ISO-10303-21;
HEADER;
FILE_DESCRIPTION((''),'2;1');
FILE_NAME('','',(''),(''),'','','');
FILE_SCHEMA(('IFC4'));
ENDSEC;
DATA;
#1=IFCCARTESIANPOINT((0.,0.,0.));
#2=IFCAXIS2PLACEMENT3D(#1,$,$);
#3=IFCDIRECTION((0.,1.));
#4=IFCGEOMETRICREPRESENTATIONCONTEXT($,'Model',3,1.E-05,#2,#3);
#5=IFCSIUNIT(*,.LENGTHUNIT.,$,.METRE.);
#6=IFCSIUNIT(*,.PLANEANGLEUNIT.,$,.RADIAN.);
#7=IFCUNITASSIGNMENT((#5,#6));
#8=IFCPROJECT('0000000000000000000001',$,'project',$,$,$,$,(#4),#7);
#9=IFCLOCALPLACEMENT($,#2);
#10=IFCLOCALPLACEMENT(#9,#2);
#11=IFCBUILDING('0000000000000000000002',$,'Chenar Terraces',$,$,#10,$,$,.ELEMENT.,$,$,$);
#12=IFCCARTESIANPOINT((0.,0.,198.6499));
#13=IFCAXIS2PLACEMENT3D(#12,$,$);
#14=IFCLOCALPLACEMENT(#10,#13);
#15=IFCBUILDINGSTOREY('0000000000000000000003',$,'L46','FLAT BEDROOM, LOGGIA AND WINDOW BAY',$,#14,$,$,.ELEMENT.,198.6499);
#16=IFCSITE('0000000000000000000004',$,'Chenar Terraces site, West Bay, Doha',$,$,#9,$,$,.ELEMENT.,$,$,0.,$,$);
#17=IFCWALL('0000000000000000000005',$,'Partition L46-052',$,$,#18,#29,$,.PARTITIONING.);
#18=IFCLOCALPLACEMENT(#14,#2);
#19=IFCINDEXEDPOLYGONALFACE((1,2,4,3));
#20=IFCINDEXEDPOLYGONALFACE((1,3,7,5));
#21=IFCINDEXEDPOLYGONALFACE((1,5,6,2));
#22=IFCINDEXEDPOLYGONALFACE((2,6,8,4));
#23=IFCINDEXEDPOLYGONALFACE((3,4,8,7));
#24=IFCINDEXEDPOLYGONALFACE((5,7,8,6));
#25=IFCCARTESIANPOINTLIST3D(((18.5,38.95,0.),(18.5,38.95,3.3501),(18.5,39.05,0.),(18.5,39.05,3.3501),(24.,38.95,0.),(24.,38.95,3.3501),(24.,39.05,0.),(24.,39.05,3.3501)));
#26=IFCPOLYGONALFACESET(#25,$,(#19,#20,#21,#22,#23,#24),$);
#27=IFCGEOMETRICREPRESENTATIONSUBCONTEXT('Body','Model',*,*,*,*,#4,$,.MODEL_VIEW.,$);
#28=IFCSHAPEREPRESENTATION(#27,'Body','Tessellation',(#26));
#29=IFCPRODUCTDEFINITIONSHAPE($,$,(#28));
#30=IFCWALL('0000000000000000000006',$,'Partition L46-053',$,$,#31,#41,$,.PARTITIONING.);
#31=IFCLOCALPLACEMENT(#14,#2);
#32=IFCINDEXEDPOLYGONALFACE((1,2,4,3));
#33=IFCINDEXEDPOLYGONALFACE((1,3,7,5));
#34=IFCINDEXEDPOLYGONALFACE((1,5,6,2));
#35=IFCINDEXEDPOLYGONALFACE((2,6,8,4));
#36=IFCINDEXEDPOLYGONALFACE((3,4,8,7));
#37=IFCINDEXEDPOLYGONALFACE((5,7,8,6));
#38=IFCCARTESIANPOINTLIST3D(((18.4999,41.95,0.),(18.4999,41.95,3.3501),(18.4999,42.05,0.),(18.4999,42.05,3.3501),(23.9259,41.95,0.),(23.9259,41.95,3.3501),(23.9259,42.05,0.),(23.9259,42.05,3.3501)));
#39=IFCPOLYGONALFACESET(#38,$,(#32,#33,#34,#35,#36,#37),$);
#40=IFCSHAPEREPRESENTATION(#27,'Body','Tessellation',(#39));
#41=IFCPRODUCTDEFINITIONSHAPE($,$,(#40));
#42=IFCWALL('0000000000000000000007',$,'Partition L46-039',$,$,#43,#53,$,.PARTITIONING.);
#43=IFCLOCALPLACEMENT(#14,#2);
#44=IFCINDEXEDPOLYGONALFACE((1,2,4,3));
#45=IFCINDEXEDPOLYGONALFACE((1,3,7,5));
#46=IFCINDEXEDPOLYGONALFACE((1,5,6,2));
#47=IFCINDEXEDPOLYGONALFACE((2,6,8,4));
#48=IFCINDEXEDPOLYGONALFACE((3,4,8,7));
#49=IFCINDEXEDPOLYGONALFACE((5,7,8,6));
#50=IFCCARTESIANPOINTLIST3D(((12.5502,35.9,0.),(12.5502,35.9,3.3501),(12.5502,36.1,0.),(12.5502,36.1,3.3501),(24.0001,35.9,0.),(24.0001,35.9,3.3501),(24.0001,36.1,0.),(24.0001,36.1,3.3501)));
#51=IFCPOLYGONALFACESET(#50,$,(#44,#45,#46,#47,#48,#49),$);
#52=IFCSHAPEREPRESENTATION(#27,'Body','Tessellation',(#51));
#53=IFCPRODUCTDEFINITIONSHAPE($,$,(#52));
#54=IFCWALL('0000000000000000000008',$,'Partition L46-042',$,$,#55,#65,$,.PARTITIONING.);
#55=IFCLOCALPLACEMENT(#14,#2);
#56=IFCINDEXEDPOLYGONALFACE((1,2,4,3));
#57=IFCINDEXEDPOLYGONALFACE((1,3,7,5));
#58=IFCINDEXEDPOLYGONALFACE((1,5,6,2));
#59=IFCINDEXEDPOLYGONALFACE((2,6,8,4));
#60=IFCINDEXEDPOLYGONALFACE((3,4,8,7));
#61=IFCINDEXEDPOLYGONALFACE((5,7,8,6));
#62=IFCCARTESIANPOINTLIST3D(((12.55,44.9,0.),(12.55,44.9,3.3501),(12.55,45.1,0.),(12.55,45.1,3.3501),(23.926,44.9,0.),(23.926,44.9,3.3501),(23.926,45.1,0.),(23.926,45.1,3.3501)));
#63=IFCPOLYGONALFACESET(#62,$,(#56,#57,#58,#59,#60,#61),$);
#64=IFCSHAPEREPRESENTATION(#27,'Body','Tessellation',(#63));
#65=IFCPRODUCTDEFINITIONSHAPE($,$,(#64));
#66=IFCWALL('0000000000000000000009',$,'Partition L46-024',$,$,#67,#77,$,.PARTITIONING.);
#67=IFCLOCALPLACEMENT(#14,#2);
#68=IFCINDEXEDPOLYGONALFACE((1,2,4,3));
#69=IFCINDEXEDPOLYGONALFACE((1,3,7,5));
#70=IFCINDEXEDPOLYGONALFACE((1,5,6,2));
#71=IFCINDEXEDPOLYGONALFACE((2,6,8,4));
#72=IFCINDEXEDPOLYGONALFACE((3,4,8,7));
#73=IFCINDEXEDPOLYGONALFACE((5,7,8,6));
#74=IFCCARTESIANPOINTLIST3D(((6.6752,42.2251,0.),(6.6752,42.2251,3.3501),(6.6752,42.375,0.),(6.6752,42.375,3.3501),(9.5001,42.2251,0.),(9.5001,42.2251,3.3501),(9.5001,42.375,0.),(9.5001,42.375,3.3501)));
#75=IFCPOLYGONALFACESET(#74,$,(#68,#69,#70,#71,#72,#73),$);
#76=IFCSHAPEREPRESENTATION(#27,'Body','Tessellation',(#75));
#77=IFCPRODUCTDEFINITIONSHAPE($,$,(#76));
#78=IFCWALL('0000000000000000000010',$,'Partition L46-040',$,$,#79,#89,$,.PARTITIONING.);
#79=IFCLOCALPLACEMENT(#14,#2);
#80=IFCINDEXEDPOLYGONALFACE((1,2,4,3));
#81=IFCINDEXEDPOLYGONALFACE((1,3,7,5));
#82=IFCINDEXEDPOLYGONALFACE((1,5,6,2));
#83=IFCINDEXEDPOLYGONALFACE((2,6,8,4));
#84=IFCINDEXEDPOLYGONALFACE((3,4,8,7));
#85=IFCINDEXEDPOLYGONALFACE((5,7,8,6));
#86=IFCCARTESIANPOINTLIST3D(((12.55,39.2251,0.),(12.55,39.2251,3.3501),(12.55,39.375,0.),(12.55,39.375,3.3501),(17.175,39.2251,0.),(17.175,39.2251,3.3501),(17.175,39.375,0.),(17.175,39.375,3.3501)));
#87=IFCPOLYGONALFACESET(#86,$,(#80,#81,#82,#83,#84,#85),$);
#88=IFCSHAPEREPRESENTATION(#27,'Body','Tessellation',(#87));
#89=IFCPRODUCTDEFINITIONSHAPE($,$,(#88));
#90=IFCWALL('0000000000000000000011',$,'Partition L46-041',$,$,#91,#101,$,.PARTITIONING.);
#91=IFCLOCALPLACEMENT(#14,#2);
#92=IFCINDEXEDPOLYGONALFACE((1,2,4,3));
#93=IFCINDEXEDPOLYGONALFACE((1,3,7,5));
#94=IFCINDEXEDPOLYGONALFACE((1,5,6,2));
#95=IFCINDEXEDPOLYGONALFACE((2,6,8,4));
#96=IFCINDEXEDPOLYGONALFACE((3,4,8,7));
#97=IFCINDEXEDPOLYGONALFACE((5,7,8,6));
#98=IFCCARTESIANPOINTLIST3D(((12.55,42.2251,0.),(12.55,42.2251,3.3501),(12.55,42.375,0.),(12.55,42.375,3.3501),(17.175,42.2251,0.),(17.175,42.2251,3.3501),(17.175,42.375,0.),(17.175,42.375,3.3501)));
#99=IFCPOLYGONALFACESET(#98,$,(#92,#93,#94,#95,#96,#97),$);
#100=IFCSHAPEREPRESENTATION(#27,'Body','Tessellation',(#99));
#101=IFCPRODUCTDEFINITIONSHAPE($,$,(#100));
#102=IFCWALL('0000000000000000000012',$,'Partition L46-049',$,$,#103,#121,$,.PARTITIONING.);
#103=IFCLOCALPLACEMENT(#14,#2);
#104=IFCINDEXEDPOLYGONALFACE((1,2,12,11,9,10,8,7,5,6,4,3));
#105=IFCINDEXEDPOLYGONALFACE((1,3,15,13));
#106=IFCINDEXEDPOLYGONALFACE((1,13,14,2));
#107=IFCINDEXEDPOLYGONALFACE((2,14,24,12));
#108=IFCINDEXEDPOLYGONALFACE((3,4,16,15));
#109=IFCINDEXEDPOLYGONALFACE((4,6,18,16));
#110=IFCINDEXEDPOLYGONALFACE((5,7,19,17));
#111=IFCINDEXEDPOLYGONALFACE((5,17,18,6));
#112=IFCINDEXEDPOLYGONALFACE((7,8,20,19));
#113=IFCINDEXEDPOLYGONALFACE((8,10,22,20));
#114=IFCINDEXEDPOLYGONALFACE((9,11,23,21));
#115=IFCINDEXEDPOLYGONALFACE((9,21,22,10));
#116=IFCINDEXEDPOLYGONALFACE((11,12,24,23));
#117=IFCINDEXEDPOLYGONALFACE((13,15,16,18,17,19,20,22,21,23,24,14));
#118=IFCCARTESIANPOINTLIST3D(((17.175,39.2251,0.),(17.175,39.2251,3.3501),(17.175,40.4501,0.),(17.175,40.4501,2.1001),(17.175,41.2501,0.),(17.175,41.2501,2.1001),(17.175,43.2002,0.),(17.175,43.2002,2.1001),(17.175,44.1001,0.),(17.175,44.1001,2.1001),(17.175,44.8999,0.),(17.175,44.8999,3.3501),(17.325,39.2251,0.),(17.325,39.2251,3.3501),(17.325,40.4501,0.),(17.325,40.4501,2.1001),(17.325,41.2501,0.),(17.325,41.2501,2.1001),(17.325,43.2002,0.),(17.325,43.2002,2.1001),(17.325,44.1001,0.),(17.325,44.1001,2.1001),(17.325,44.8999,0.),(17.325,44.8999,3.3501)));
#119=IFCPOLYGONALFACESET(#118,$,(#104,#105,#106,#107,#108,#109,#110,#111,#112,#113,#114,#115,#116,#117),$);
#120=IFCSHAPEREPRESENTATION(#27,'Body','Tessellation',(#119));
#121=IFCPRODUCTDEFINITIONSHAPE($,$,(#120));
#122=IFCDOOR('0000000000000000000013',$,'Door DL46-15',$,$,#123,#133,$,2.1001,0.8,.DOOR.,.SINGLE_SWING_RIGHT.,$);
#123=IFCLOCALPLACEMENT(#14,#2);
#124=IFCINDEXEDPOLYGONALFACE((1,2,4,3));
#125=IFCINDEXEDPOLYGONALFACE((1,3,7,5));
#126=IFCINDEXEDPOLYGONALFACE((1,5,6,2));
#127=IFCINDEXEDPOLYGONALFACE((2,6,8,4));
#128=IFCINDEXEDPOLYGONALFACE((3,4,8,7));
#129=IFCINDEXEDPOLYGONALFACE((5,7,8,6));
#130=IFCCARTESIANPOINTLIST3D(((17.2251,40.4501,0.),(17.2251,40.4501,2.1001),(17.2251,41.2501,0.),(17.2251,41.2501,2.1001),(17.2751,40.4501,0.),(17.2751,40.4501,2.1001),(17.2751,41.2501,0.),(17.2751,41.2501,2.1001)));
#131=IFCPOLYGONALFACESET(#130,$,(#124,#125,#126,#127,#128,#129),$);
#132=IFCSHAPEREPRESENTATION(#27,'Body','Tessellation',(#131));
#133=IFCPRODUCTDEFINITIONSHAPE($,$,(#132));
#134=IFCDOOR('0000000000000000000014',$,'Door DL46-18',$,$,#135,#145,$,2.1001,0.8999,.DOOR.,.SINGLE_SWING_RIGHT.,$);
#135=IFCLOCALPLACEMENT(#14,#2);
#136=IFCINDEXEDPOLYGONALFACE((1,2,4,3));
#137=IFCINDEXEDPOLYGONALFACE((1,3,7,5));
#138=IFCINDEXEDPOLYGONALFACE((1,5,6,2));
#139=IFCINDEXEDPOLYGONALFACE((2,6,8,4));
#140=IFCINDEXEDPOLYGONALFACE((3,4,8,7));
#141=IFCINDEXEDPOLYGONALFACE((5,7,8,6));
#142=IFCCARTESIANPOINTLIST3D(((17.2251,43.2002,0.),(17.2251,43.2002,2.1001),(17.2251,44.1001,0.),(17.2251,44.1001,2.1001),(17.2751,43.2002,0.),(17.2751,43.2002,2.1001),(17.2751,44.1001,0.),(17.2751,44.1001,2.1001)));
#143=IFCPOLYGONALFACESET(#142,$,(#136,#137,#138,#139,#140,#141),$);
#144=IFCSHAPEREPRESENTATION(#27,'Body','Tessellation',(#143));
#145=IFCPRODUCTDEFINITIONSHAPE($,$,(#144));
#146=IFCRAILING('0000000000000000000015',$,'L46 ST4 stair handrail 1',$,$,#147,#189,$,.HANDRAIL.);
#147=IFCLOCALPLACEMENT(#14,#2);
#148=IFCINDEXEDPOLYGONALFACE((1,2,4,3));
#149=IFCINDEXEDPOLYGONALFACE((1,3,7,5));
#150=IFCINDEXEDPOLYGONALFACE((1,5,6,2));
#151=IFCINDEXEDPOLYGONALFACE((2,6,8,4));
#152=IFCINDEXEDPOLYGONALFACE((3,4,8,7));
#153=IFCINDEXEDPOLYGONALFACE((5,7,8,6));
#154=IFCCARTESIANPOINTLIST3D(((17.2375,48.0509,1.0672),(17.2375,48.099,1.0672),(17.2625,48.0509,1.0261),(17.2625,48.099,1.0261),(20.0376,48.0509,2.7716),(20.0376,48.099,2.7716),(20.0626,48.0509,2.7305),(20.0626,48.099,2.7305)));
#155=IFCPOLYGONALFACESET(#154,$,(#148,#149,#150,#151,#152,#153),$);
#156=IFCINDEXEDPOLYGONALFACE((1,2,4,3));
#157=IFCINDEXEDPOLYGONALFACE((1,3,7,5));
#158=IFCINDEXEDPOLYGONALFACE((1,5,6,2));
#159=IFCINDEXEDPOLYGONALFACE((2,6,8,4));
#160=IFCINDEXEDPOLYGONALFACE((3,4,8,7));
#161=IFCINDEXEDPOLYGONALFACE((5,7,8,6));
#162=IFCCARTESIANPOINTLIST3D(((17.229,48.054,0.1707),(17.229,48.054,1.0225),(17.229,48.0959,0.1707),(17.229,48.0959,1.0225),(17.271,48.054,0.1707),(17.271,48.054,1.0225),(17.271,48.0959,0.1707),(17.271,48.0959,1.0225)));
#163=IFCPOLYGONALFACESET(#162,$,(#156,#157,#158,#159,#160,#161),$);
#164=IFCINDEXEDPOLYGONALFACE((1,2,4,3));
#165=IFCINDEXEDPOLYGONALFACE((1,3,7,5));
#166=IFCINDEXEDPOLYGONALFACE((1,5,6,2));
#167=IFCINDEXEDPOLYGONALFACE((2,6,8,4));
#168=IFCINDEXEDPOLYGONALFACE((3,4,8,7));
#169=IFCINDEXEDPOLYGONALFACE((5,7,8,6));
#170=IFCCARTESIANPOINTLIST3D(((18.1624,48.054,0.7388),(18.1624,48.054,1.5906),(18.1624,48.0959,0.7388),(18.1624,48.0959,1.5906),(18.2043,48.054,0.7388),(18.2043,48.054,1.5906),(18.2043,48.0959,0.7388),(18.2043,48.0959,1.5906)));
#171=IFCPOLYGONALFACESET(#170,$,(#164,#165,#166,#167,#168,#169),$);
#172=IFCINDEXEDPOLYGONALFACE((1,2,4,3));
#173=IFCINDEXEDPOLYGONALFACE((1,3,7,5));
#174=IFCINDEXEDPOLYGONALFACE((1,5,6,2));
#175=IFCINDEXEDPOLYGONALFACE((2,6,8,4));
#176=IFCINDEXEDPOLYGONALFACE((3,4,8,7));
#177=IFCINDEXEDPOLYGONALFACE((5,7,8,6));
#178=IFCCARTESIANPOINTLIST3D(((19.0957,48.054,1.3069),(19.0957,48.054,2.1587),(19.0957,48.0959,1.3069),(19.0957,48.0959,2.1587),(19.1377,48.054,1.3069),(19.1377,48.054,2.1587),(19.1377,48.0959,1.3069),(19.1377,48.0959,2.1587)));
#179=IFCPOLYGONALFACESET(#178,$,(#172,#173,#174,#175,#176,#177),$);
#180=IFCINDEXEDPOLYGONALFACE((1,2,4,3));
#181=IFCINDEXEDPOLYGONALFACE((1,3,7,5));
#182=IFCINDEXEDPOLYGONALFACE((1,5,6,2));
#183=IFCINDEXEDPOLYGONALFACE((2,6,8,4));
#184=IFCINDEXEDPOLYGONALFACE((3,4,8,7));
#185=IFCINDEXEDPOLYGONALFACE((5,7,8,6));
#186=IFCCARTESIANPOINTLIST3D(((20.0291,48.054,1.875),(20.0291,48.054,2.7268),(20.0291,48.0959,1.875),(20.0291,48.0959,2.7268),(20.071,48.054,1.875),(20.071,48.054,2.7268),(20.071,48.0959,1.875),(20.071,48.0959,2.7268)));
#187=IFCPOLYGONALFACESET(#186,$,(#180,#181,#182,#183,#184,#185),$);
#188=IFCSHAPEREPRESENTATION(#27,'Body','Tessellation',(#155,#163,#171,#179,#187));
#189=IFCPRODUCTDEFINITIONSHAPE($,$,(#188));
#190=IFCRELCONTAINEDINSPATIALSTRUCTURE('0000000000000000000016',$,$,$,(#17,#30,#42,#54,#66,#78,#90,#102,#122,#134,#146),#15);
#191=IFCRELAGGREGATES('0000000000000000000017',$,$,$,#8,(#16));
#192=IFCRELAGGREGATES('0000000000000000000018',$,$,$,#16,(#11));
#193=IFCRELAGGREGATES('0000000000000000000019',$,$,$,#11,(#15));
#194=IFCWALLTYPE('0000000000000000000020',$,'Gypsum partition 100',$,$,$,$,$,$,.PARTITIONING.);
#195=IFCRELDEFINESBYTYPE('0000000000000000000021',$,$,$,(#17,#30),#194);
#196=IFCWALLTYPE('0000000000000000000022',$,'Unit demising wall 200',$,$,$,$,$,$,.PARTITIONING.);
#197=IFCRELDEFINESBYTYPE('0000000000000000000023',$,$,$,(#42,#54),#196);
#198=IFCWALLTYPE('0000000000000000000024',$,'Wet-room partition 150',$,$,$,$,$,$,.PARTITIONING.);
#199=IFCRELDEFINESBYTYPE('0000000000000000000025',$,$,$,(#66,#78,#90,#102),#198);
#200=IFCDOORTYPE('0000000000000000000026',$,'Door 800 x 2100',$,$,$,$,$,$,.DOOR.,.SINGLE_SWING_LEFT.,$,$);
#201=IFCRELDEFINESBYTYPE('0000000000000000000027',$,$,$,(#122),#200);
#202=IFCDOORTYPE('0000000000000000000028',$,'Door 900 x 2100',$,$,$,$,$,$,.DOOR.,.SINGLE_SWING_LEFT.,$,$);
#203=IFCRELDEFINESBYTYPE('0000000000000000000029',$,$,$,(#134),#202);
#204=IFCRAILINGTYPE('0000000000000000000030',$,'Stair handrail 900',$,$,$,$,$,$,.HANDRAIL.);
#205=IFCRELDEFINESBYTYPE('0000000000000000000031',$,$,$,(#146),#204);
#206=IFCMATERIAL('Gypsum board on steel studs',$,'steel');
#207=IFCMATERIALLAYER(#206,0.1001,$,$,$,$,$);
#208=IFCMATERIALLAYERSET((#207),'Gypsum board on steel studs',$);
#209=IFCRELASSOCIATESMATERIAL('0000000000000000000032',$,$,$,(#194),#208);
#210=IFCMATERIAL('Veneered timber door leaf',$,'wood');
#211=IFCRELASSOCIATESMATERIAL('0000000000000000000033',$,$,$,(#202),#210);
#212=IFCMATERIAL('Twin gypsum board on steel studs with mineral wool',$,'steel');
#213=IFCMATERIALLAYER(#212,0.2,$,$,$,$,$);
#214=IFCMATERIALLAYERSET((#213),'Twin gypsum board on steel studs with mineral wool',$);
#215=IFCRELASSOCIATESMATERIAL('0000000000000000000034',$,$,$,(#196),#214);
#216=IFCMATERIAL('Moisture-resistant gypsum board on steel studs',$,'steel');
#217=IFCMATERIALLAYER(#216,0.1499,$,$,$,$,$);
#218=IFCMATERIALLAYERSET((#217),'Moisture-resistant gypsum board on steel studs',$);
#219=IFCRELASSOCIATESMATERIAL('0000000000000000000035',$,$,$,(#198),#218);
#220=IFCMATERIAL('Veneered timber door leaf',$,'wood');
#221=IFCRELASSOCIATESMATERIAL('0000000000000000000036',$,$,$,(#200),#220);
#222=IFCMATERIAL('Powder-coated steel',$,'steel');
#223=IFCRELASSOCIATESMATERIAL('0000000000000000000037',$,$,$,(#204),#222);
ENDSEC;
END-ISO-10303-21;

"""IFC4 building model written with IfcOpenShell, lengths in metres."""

from ifc_helpers import new_model, si_unit, direction, frame, frame_2d, origin, origin_2d, place, context, subcontext, project, spatial, rectangle, extrude, material, layer, layer_set, type_object, element, fill, save


model = new_model("IFC4")

# Units and contexts
model_context = context("Model", 3, precision=1e-05, world=origin(), true_north=direction((0.0, 1.0)))
body_context = subcontext(model_context, "Body", "Model", "MODEL_VIEW")
ifc_project = project(units=[si_unit("LENGTHUNIT", "METRE"), si_unit("PLANEANGLEUNIT", "RADIAN")], contexts=[model_context])

# Site, building, storey
site_placement = place(None, origin())
site = spatial("IfcSite", under=ifc_project, at=site_placement, Name="Chenar Terraces site, West Bay, Doha", CompositionType="ELEMENT", RefElevation=0.0)
building_placement = place(site_placement, origin())
building = spatial("IfcBuilding", under=site, at=building_placement, Name="Chenar Terraces", CompositionType="ELEMENT")
storey_placement = place(building_placement, frame((0.0, 0.0, 198.6499)))
storey = spatial("IfcBuildingStorey", under=building, at=storey_placement, Name="L46", Description="FLAT BEDROOM, LOGGIA AND WINDOW BAY", CompositionType="ELEMENT", Elevation=198.6499)

# Shared definitions
ifc_material_1 = material(Name="Gypsum board on steel studs", Category="steel")
ifc_layer_1 = layer(ifc_material_1, 0.1001)
ifc_layer_set_1 = layer_set([ifc_layer_1], Name="Gypsum board on steel studs")
wall_type_1 = type_object("IfcWallType", Name="Gypsum partition 100", PredefinedType="PARTITIONING", material=ifc_layer_set_1)
ifc_material_2 = material(Name="Veneered timber door leaf", Category="wood")
door_type_1 = type_object("IfcDoorType", Name="Door 900 x 2100", OperationType="SINGLE_SWING_LEFT", PredefinedType="DOOR", material=ifc_material_2)

# Walls
wall_1_placement = place(storey_placement, frame((18.5, 39.0, 0.0), z_axis=(0.0, 0.0, 1.0), x_axis=(1.0, 0.0, 0.0)))
element("IfcWall", 1, at=wall_1_placement, inside=storey, type_object=wall_type_1, Name="Partition L46-052", PredefinedType="PARTITIONING", context=body_context, shape_type="SweptSolid", body=[
    extrude(rectangle(XDim=5.5, YDim=0.1001, at=frame_2d((2.75, 0.0))), origin(), (0.0, 0.0, 1.0), 3.3501),
])
wall_2_placement = place(storey_placement, frame((18.5, 42.0, 0.0), z_axis=(0.0, 0.0, 1.0), x_axis=(1.0, 0.0, 0.0)))
element("IfcWall", 2, at=wall_2_placement, inside=storey, type_object=wall_type_1, Name="Partition L46-053", PredefinedType="PARTITIONING", context=body_context, shape_type="SweptSolid", body=[
    extrude(rectangle(XDim=5.426, YDim=0.1001, at=frame_2d((2.7129, 0.0))), origin(), (0.0, 0.0, 1.0), 3.3501),
])
ifc_material_3 = material(Name="Twin gypsum board on steel studs with mineral wool", Category="steel")
ifc_layer_2 = layer(ifc_material_3, 0.2)
ifc_layer_set_2 = layer_set([ifc_layer_2], Name="Twin gypsum board on steel studs with mineral wool")
wall_type_2 = type_object("IfcWallType", Name="Unit demising wall 200", PredefinedType="PARTITIONING", material=ifc_layer_set_2)
wall_3_placement = place(storey_placement, frame((12.55, 36.0, 0.0), z_axis=(0.0, 0.0, 1.0), x_axis=(1.0, 0.0, 0.0)))
element("IfcWall", 3, at=wall_3_placement, inside=storey, type_object=wall_type_2, Name="Partition L46-039", PredefinedType="PARTITIONING", context=body_context, shape_type="SweptSolid", body=[
    extrude(rectangle(XDim=11.45, YDim=0.2, at=frame_2d((5.7251, 0.0))), origin(), (0.0, 0.0, 1.0), 3.3501),
])
wall_4_placement = place(storey_placement, frame((12.55, 45.0, 0.0), z_axis=(0.0, 0.0, 1.0), x_axis=(1.0, 0.0, 0.0)))
element("IfcWall", 4, at=wall_4_placement, inside=storey, type_object=wall_type_2, Name="Partition L46-042", PredefinedType="PARTITIONING", context=body_context, shape_type="SweptSolid", body=[
    extrude(rectangle(XDim=11.376, YDim=0.2, at=frame_2d((5.688, 0.0))), origin(), (0.0, 0.0, 1.0), 3.3501),
])
ifc_material_4 = material(Name="Moisture-resistant gypsum board on steel studs", Category="steel")
ifc_layer_3 = layer(ifc_material_4, 0.1499)
ifc_layer_set_3 = layer_set([ifc_layer_3], Name="Moisture-resistant gypsum board on steel studs")
wall_type_3 = type_object("IfcWallType", Name="Wet-room partition 150", PredefinedType="PARTITIONING", material=ifc_layer_set_3)
wall_5_placement = place(storey_placement, frame((6.675, 42.3, 0.0), z_axis=(0.0, 0.0, 1.0), x_axis=(1.0, 0.0, 0.0)))
element("IfcWall", 5, at=wall_5_placement, inside=storey, type_object=wall_type_3, Name="Partition L46-024", PredefinedType="PARTITIONING", context=body_context, shape_type="SweptSolid", body=[
    extrude(rectangle(XDim=2.825, YDim=0.1499, at=frame_2d((1.4126, 0.0))), origin(), (0.0, 0.0, 1.0), 3.3501),
])
for number, where, z_axis, x_axis, name in (
    (6, (12.55, 39.3, 0.0), (0.0, 0.0, 1.0), (1.0, 0.0, 0.0), "Partition L46-040"),
    (7, (12.55, 42.3, 0.0), (0.0, 0.0, 1.0), (1.0, 0.0, 0.0), "Partition L46-041"),
):
    element("IfcWall", number, at=place(storey_placement, frame(where, z_axis=z_axis, x_axis=x_axis)), inside=storey, type_object=wall_type_3, Name=name, PredefinedType="PARTITIONING", context=body_context, shape_type="SweptSolid", body=[
        extrude(rectangle(XDim=4.625, YDim=0.1499, at=frame_2d((2.3125, 0.0))), origin(), (0.0, 0.0, 1.0), 3.3501),
    ])

# Wall, openings, doors
wall_6_placement = place(storey_placement, frame((17.25, 39.2251, 0.0), z_axis=(0.0, 0.0, 1.0), x_axis=(0.0, 1.0, 0.0)))
wall_6 = element("IfcWall", 8, at=wall_6_placement, inside=storey, type_object=wall_type_3, Name="Partition L46-049", PredefinedType="PARTITIONING", context=body_context, shape_type="SweptSolid", body=[
    extrude(rectangle(XDim=5.6748, YDim=0.1499, at=frame_2d((2.8374, 0.0))), origin(), (0.0, 0.0, 1.0), 3.3501),
])
opening_1_placement = place(wall_6_placement, frame((1.2251, 0.0, 0.0)))
opening_1 = element("IfcOpeningElement", 9, at=opening_1_placement, cuts=wall_6, PredefinedType="OPENING", context=body_context, shape_type="SweptSolid", body=[
    extrude(rectangle(XDim=0.8, YDim=2.1001, at=frame_2d((0.3999, 1.05))), frame((0.0, 0.085, 0.0), z_axis=(0.0, -1.0, 0.0), x_axis=(1.0, 0.0, 0.0)), (0.0, 0.0, 1.0), 0.1699),
])
opening_2_placement = place(wall_6_placement, frame((3.9751, 0.0, 0.0)))
opening_2 = element("IfcOpeningElement", 10, at=opening_2_placement, cuts=wall_6, PredefinedType="OPENING", context=body_context, shape_type="SweptSolid", body=[
    extrude(rectangle(XDim=0.8999, YDim=2.1001, at=frame_2d((0.45, 1.05))), frame((0.0, 0.085, 0.0), z_axis=(0.0, -1.0, 0.0), x_axis=(1.0, 0.0, 0.0)), (0.0, 0.0, 1.0), 0.1699),
])
ifc_material_5 = material(Name="Veneered timber door leaf", Category="wood")
door_type_2 = type_object("IfcDoorType", Name="Door 800 x 2100", OperationType="SINGLE_SWING_LEFT", PredefinedType="DOOR", material=ifc_material_5)
door_1_placement = place(opening_1_placement, origin())
door_1 = element("IfcDoor", 11, at=door_1_placement, inside=storey, type_object=door_type_2, Name="Door DL46-15", OperationType="SINGLE_SWING_RIGHT", OverallHeight=2.1001, OverallWidth=0.8, PredefinedType="DOOR", context=body_context, shape_type="SweptSolid", body=[
    extrude(rectangle(XDim=0.8, YDim=2.1001, at=frame_2d((0.3999, 1.05))), frame((0.0, 0.0249, 0.0), z_axis=(0.0, -1.0, 0.0), x_axis=(1.0, 0.0, 0.0)), (0.0, 0.0, 1.0), 0.05),
])
fill(opening_1, door_1)
door_2_placement = place(opening_2_placement, origin())
door_2 = element("IfcDoor", 12, at=door_2_placement, inside=storey, type_object=door_type_1, Name="Door DL46-18", OperationType="SINGLE_SWING_RIGHT", OverallHeight=2.1001, OverallWidth=0.8999, PredefinedType="DOOR", context=body_context, shape_type="SweptSolid", body=[
    extrude(rectangle(XDim=0.8999, YDim=2.1001, at=frame_2d((0.45, 1.05))), frame((0.0, 0.0249, 0.0), z_axis=(0.0, -1.0, 0.0), x_axis=(1.0, 0.0, 0.0)), (0.0, 0.0, 1.0), 0.05),
])
fill(opening_2, door_2)

# Railing
ifc_material_6 = material(Name="Powder-coated steel", Category="steel")
railing_type = type_object("IfcRailingType", Name="Stair handrail 900", PredefinedType="HANDRAIL", material=ifc_material_6)
railing_placement = place(storey_placement, frame((17.25, 48.075, 0.1707)))
element("IfcRailing", 13, at=railing_placement, inside=storey, type_object=railing_type, Name="L46 ST4 stair handrail 1", PredefinedType="HANDRAIL", context=body_context, shape_type="SweptSolid", body=[
    extrude(rectangle(XDim=0.0481, YDim=0.0481, at=origin_2d()), frame((0.0, 0.0, 0.876), z_axis=(0.854203, 0.0, 0.51994), x_axis=(0.0, 1.0, 0.0)), (0.0, 0.0, 1.0), 3.2781),
    extrude(rectangle(XDim=0.042, YDim=0.042, at=origin_2d()), origin(), (0.0, 0.0, 1.0), 0.8518),
    extrude(rectangle(XDim=0.042, YDim=0.042, at=origin_2d()), frame((0.9333, 0.0, 0.5681)), (0.0, 0.0, 1.0), 0.8518),
    extrude(rectangle(XDim=0.042, YDim=0.042, at=origin_2d()), frame((1.8667, 0.0, 1.1362)), (0.0, 0.0, 1.0), 0.8518),
    extrude(rectangle(XDim=0.042, YDim=0.042, at=origin_2d()), frame((2.8, 0.0, 1.7043)), (0.0, 0.0, 1.0), 0.8518),
])

save(model, "model.ifc")
